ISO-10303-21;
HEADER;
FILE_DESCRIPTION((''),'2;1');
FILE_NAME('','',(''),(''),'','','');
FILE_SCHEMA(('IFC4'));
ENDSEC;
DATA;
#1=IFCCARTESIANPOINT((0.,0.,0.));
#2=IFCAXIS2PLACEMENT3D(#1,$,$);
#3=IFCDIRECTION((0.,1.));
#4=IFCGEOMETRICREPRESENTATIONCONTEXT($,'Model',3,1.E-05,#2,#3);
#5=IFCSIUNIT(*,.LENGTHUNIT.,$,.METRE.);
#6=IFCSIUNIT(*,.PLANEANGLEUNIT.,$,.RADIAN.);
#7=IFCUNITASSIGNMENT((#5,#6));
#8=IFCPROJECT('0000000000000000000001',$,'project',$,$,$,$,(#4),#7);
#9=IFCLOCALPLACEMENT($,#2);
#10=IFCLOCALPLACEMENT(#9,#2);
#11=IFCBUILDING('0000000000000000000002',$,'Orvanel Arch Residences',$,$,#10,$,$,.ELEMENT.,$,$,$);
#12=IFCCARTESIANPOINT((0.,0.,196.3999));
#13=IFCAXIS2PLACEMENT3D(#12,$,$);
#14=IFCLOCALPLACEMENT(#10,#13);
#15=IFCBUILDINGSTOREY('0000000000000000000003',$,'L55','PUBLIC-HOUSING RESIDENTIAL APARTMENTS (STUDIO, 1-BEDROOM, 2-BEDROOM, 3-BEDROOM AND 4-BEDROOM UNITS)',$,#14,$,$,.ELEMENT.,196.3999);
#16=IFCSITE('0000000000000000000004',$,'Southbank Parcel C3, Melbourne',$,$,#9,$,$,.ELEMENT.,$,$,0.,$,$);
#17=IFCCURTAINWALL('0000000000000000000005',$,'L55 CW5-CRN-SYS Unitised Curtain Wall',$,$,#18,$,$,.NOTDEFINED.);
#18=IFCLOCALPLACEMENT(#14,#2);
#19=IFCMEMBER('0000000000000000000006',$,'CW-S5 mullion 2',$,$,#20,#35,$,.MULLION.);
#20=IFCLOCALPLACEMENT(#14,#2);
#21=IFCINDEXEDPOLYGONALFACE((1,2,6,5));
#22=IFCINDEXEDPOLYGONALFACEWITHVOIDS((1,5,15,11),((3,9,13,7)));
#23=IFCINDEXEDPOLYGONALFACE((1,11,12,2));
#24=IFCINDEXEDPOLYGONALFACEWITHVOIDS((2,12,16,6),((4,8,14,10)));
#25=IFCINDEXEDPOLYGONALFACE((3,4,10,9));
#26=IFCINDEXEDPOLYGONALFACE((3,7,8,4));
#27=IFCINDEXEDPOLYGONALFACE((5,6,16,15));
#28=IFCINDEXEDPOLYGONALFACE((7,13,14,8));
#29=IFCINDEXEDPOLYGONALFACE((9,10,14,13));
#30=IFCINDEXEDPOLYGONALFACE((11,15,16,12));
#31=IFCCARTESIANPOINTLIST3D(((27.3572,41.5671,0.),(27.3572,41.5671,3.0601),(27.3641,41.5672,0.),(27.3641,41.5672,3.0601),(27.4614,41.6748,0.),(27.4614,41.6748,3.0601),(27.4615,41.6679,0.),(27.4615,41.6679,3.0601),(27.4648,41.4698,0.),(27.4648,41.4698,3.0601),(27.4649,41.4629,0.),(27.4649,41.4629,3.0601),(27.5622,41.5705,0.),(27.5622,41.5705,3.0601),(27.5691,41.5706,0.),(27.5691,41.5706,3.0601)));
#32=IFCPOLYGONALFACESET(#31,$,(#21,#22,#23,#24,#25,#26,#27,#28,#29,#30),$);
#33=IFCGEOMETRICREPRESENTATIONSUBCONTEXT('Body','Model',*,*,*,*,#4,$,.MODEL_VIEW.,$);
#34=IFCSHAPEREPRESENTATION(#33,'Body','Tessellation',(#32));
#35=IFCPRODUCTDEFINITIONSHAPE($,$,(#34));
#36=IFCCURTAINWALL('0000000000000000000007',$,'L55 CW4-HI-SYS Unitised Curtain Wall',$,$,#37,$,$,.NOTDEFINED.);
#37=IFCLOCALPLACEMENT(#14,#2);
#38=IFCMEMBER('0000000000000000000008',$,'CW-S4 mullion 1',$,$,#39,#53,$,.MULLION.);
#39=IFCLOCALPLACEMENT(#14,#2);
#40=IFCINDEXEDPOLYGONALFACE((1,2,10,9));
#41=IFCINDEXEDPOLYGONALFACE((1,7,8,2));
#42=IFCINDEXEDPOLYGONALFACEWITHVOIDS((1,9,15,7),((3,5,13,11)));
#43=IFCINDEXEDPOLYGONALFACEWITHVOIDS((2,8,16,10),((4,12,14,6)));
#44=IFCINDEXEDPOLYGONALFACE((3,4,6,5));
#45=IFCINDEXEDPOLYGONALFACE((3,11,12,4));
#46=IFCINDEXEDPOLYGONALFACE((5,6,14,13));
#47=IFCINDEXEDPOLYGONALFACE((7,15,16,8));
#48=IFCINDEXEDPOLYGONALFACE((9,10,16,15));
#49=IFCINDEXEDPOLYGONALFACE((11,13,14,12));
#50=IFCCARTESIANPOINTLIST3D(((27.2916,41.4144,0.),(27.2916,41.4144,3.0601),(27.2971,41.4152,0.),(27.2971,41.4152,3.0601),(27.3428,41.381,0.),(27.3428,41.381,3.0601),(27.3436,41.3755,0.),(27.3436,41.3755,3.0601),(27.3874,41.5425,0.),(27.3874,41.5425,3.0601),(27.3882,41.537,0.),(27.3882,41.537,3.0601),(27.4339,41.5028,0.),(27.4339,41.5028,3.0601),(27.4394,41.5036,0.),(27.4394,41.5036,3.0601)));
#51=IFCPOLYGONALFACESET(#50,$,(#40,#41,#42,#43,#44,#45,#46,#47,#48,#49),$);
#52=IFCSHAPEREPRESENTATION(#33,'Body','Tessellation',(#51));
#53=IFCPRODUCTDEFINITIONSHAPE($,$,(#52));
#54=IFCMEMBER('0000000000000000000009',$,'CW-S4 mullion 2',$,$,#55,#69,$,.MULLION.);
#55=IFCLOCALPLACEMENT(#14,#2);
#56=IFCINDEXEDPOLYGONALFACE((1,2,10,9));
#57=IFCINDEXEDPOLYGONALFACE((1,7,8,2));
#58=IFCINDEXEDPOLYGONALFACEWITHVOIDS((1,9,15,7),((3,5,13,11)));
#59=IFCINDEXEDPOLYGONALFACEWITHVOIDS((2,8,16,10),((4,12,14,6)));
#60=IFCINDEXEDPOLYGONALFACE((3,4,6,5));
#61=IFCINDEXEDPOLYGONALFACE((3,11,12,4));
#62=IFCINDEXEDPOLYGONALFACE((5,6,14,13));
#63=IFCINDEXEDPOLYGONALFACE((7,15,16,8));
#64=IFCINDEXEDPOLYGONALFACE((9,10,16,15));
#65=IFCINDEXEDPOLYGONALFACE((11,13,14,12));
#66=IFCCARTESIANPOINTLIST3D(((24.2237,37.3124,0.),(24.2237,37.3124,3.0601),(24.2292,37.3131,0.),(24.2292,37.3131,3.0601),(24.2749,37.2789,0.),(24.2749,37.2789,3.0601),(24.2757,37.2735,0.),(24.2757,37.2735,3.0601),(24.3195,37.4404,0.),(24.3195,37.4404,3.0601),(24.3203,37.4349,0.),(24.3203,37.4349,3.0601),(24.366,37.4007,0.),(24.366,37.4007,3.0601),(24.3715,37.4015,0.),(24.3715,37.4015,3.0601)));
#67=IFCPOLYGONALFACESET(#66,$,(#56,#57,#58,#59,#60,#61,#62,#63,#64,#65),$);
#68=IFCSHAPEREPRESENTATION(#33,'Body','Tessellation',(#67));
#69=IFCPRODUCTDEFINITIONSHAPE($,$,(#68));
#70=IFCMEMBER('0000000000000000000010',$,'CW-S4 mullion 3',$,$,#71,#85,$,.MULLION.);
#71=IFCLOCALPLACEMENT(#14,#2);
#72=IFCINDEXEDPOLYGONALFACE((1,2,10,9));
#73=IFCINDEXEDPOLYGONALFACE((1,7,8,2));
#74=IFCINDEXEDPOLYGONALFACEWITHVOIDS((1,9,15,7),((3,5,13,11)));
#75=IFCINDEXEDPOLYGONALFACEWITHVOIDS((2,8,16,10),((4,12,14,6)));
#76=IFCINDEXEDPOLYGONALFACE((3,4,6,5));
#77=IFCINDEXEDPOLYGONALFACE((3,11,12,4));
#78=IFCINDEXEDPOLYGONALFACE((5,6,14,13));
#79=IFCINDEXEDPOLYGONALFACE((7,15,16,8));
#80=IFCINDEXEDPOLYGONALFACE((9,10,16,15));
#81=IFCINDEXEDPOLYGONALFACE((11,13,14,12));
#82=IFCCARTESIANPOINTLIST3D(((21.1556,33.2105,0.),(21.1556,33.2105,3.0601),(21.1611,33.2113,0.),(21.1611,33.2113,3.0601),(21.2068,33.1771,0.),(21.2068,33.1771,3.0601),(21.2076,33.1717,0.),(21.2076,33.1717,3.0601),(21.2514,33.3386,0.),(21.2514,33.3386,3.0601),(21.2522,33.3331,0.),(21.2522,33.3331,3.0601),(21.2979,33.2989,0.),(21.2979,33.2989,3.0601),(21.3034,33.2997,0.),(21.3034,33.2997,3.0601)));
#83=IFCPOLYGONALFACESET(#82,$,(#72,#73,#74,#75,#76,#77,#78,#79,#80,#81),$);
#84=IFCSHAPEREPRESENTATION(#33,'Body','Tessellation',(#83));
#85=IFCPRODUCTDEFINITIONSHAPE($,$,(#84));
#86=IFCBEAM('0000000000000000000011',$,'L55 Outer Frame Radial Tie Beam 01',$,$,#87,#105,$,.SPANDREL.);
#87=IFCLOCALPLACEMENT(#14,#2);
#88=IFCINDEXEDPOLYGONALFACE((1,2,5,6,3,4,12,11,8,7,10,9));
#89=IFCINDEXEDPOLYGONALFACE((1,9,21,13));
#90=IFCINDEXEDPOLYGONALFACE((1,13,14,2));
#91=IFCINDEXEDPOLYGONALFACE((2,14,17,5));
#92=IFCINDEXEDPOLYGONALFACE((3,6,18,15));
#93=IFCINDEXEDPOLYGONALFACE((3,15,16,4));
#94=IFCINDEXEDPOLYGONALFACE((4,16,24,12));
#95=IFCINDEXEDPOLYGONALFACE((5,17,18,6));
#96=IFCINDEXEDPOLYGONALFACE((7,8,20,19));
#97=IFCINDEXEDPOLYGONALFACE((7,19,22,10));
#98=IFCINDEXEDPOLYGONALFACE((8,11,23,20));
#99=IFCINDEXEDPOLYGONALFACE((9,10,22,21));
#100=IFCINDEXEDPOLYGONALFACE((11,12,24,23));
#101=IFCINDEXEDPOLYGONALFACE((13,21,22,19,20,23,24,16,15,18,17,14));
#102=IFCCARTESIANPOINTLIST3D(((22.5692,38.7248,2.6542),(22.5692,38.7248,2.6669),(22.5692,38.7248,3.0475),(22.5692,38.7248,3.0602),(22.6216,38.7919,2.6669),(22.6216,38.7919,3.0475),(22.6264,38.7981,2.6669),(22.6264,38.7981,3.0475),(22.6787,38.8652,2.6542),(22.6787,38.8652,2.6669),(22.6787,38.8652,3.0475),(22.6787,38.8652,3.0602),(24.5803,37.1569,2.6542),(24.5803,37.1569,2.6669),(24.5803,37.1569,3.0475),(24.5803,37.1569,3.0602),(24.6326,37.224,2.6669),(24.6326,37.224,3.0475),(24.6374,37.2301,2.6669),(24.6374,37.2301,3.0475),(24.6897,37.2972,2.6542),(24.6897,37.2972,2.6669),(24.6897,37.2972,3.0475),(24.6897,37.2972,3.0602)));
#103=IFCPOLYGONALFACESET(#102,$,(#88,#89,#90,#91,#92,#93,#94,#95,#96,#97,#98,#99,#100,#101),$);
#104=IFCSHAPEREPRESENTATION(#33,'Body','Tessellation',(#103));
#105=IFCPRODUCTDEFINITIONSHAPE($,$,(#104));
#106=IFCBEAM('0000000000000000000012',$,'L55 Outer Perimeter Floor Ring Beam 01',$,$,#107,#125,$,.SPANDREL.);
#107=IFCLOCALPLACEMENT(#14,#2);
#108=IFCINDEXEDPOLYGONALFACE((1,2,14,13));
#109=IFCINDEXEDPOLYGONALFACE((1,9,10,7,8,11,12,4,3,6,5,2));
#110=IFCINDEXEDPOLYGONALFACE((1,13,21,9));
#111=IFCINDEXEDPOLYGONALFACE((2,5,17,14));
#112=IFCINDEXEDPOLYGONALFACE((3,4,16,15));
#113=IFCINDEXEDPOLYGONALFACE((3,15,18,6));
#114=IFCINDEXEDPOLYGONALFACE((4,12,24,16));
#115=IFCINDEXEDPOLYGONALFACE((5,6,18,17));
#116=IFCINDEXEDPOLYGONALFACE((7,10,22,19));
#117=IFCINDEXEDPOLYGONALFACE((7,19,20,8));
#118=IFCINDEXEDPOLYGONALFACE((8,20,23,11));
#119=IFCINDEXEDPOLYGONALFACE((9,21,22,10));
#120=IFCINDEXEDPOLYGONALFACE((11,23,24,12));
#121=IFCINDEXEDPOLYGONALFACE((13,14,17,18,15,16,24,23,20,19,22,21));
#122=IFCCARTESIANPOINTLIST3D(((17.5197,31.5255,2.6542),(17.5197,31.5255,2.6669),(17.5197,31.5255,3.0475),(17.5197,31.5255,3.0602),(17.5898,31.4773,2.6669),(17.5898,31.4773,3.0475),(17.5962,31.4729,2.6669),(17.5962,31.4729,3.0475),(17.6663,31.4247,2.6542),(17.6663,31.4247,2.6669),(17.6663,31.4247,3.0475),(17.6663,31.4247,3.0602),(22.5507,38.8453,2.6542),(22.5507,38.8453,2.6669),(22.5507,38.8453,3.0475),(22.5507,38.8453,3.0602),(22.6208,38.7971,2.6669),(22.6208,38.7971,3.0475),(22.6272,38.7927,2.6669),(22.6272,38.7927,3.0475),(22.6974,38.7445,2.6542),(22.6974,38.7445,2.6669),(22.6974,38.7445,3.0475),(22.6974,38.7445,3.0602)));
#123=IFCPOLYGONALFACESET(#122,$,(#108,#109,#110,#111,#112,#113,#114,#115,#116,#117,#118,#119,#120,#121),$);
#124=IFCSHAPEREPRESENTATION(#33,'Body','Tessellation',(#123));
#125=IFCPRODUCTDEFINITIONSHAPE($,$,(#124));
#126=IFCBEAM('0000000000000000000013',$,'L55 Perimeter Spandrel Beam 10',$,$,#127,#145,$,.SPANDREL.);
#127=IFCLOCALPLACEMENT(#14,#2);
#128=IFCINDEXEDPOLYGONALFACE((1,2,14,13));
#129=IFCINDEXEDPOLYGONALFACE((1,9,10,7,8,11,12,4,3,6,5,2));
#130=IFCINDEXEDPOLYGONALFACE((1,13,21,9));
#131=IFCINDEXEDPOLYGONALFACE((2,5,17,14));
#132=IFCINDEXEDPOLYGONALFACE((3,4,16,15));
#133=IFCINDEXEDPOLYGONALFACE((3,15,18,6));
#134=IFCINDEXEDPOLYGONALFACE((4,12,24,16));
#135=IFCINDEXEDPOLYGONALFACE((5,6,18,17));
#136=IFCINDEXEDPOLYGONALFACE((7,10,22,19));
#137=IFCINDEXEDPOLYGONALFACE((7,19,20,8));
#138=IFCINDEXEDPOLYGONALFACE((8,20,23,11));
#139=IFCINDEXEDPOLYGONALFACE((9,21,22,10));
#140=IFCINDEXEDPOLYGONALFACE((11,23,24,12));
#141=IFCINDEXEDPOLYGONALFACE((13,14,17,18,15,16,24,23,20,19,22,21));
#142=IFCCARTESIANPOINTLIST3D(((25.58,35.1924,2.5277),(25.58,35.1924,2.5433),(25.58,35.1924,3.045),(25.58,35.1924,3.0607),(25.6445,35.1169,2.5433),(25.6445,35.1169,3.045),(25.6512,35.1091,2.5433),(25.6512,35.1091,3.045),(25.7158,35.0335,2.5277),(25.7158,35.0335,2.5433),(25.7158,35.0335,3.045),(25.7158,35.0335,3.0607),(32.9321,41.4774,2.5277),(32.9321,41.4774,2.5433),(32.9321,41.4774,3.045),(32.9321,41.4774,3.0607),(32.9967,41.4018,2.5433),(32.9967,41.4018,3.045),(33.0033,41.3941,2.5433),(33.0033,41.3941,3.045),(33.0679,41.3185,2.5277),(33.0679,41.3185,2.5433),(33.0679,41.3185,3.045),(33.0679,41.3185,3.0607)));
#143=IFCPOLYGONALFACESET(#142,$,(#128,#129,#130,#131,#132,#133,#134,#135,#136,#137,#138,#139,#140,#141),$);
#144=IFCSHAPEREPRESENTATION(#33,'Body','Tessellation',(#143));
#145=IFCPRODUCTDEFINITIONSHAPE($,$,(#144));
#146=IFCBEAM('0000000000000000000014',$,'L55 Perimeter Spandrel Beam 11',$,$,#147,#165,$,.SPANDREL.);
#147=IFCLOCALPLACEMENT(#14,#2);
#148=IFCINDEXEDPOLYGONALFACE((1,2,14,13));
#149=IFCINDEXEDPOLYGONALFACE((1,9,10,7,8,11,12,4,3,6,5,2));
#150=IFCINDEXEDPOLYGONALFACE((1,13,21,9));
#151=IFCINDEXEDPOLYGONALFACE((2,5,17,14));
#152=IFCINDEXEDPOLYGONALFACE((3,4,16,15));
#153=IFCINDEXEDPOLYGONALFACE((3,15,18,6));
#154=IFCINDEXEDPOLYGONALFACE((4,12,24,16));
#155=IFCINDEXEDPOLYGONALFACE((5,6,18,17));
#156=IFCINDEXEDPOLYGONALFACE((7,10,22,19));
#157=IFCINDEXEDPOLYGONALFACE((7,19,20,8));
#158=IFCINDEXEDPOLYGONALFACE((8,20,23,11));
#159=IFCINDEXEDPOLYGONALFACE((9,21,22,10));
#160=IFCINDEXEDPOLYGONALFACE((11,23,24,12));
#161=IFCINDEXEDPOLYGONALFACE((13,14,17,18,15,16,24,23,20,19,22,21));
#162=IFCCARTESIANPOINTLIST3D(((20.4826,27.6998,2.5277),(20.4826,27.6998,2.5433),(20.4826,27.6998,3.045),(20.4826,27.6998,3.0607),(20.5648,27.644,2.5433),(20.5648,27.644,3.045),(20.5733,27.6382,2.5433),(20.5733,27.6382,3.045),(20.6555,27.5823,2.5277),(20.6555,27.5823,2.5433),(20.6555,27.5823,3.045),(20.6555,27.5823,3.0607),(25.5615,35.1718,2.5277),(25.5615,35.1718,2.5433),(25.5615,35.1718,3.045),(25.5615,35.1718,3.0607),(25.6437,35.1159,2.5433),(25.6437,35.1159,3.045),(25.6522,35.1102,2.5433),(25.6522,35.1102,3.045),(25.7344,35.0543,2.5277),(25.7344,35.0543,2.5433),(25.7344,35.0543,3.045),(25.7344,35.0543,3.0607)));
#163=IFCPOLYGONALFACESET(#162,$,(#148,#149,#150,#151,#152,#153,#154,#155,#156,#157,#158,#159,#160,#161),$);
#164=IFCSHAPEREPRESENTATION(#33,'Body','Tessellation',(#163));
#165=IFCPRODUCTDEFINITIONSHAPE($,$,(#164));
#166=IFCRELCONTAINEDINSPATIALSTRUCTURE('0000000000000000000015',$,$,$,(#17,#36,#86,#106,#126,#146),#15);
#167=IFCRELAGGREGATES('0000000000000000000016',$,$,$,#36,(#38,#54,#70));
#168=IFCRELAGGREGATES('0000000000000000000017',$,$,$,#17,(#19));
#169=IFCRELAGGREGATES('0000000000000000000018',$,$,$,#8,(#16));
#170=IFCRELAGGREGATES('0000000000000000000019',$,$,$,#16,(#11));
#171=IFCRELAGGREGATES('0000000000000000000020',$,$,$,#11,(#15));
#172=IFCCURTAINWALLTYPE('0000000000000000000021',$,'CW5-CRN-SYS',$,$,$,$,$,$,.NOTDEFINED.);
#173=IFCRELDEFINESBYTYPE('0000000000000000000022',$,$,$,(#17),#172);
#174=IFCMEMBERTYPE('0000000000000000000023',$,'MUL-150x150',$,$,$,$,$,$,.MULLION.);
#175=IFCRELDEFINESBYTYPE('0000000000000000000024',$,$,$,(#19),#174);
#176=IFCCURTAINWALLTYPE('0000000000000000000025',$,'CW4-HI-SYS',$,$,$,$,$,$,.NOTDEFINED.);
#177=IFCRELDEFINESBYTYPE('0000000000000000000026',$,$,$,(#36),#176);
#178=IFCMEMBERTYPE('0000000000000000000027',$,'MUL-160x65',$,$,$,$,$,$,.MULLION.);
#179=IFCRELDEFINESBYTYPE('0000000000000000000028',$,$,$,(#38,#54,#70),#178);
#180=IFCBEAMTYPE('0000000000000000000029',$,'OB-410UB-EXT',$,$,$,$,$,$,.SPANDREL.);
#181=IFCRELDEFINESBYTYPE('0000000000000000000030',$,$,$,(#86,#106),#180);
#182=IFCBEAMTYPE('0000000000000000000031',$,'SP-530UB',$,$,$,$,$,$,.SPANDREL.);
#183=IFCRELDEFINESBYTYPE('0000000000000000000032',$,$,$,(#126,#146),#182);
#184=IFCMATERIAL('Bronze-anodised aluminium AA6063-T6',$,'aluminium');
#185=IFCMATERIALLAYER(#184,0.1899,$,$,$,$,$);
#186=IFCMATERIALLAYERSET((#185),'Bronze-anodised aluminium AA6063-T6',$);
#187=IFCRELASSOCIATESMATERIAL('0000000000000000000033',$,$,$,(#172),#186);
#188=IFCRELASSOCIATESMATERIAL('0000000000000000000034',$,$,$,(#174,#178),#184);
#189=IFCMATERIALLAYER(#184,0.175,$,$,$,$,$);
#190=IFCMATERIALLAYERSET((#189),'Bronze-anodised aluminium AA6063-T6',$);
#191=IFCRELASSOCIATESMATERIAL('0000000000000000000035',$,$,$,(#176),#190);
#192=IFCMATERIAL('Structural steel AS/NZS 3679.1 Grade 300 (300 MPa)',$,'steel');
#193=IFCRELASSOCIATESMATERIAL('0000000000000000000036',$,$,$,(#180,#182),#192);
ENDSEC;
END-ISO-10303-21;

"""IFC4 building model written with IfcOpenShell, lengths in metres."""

from ifc_helpers import new_model, si_unit, direction, frame, origin, origin_2d, place, context, subcontext, project, spatial, hollow_rectangle, i_section, extrude, material, layer, layer_set, material_profile, profile_set, type_object, element, aggregate, save


model = new_model("IFC4")

# Units and contexts
model_context = context("Model", 3, precision=1e-05, world=origin(), true_north=direction((0.0, 1.0)))
body_context = subcontext(model_context, "Body", "Model", "MODEL_VIEW")
ifc_project = project(units=[si_unit("LENGTHUNIT", "METRE"), si_unit("PLANEANGLEUNIT", "RADIAN")], contexts=[model_context])

# Site, building, storey
site_placement = place(None, origin())
site = spatial("IfcSite", under=ifc_project, at=site_placement, Name="Southbank Parcel C3, Melbourne", CompositionType="ELEMENT", RefElevation=0.0)
building_placement = place(site_placement, origin())
building = spatial("IfcBuilding", under=site, at=building_placement, Name="Orvanel Arch Residences", CompositionType="ELEMENT")
storey_placement = place(building_placement, frame((0.0, 0.0, 196.3999)))
storey = spatial("IfcBuildingStorey", under=building, at=storey_placement, Name="L55", Description="PUBLIC-HOUSING RESIDENTIAL APARTMENTS (STUDIO, 1-BEDROOM, 2-BEDROOM, 3-BEDROOM AND 4-BEDROOM UNITS)", CompositionType="ELEMENT", Elevation=196.3999)

# Shared definitions
ifc_material_1 = material(Name="Structural steel AS/NZS 3679.1 Grade 300 (300 MPa)", Category="steel")

# Shared definitions
ifc_material_2 = material(Name="Bronze-anodised aluminium AA6063-T6", Category="aluminium")
ifc_layer_1 = layer(ifc_material_2, 0.1899)
ifc_layer_set_1 = layer_set([ifc_layer_1], Name="Bronze-anodised aluminium AA6063-T6")
curtain_wall_type_1 = type_object("IfcCurtainWallType", Name="CW5-CRN-SYS", PredefinedType="NOTDEFINED", material=ifc_layer_set_1)
ifc_material_profile_1 = material_profile(ifc_material_2, hollow_rectangle(XDim=0.1499, YDim=0.1499, WallThickness=0.0049, at=origin_2d()), Name="ALU150x150x5")
ifc_profile_set_1 = profile_set([ifc_material_profile_1], Name="Bronze-anodised aluminium AA6063-T6")
member_type_1 = type_object("IfcMemberType", Name="MUL-150x150", PredefinedType="MULLION", material=ifc_profile_set_1)

# Curtain walls, members
curtain_wall_1_placement = place(storey_placement, origin())
curtain_wall_1 = element("IfcCurtainWall", 1, at=curtain_wall_1_placement, inside=storey, type_object=curtain_wall_type_1, Name="L55 CW5-CRN-SYS Unitised Curtain Wall", PredefinedType="NOTDEFINED")
member_1_placement = place(storey_placement, frame((27.4631, 41.5688, 0.0), z_axis=(0.0, 0.0, 1.0), x_axis=(0.718665, -0.695356, 0.0)))
member_1 = element("IfcMember", 2, at=member_1_placement, type_object=member_type_1, Name="CW-S5 mullion 2", PredefinedType="MULLION", context=body_context, shape_type="SweptSolid", body=[
    extrude(hollow_rectangle(XDim=0.1499, YDim=0.1499, WallThickness=0.0049, at=origin_2d()), origin(), (0.0, 0.0, 1.0), 3.0601),
])
ifc_layer_2 = layer(ifc_material_2, 0.175)
ifc_layer_set_2 = layer_set([ifc_layer_2], Name="Bronze-anodised aluminium AA6063-T6")
curtain_wall_type_2 = type_object("IfcCurtainWallType", Name="CW4-HI-SYS", PredefinedType="NOTDEFINED", material=ifc_layer_set_2)
curtain_wall_2_placement = place(storey_placement, origin())
curtain_wall_2 = element("IfcCurtainWall", 3, at=curtain_wall_2_placement, inside=storey, type_object=curtain_wall_type_2, Name="L55 CW4-HI-SYS Unitised Curtain Wall", PredefinedType="NOTDEFINED")
ifc_material_profile_2 = material_profile(ifc_material_2, hollow_rectangle(XDim=0.0649, YDim=0.1599, WallThickness=0.0039, at=origin_2d()), Name="ALU160x65x4")
ifc_profile_set_2 = profile_set([ifc_material_profile_2], Name="Bronze-anodised aluminium AA6063-T6")
member_type_2 = type_object("IfcMemberType", Name="MUL-160x65", PredefinedType="MULLION", material=ifc_profile_set_2)
member_2_placement = place(storey_placement, frame((27.3655, 41.459, 0.0), z_axis=(0.0, 0.0, 1.0), x_axis=(0.800791, -0.598944, 0.0)))
member_2 = element("IfcMember", 4, at=member_2_placement, type_object=member_type_2, Name="CW-S4 mullion 1", PredefinedType="MULLION", context=body_context, shape_type="SweptSolid", body=[
    extrude(hollow_rectangle(XDim=0.0649, YDim=0.1599, WallThickness=0.0039, at=origin_2d()), origin(), (0.0, 0.0, 1.0), 3.0601),
])
member_3_placement = place(storey_placement, frame((24.2976, 37.3569, 0.0), z_axis=(0.0, 0.0, 1.0), x_axis=(0.800791, -0.598944, 0.0)))
member_3 = element("IfcMember", 5, at=member_3_placement, type_object=member_type_2, Name="CW-S4 mullion 2", PredefinedType="MULLION", context=body_context, shape_type="SweptSolid", body=[
    extrude(hollow_rectangle(XDim=0.0649, YDim=0.1599, WallThickness=0.0039, at=origin_2d()), origin(), (0.0, 0.0, 1.0), 3.0601),
])
member_4_placement = place(storey_placement, frame((21.2295, 33.2551, 0.0), z_axis=(0.0, 0.0, 1.0), x_axis=(0.800791, -0.598944, 0.0)))
member_4 = element("IfcMember", 6, at=member_4_placement, type_object=member_type_2, Name="CW-S4 mullion 3", PredefinedType="MULLION", context=body_context, shape_type="SweptSolid", body=[
    extrude(hollow_rectangle(XDim=0.0649, YDim=0.1599, WallThickness=0.0039, at=origin_2d()), origin(), (0.0, 0.0, 1.0), 3.0601),
])

# Beams
ifc_material_profile_3 = material_profile(ifc_material_1, i_section(OverallWidth=0.178, OverallDepth=0.406, WebThickness=0.0078, FlangeThickness=0.0127, at=origin_2d()), Name="410UB59.7")
ifc_profile_set_3 = profile_set([ifc_material_profile_3], Name="Structural steel AS/NZS 3679.1 Grade 300 (300 MPa)")
beam_type_1 = type_object("IfcBeamType", Name="OB-410UB-EXT", PredefinedType="SPANDREL", material=ifc_profile_set_3)
beam_1_placement = place(storey_placement, frame((24.635, 37.2271, 2.8572), z_axis=(-0.788635, 0.614862, 0.0), x_axis=(-0.614862, -0.788635, 0.0)))
element("IfcBeam", 7, at=beam_1_placement, inside=storey, type_object=beam_type_1, Name="L55 Outer Frame Radial Tie Beam 01", PredefinedType="SPANDREL", context=body_context, shape_type="SweptSolid", body=[
    extrude(i_section(OverallWidth=0.178, OverallDepth=0.406, WebThickness=0.0078, FlangeThickness=0.0127, at=origin_2d()), origin(), (0.0, 0.0, 1.0), 2.55),
])
beam_2_placement = place(storey_placement, frame((22.624, 38.7949, 2.8572), z_axis=(-0.566424, -0.824114, 0.0), x_axis=(0.824114, -0.566424, 0.0)))
element("IfcBeam", 8, at=beam_2_placement, inside=storey, type_object=beam_type_1, Name="L55 Outer Perimeter Floor Ring Beam 01", PredefinedType="SPANDREL", context=body_context, shape_type="SweptSolid", body=[
    extrude(i_section(OverallWidth=0.178, OverallDepth=0.406, WebThickness=0.0078, FlangeThickness=0.0127, at=origin_2d()), origin(), (0.0, 0.0, 1.0), 8.8821),
])
ifc_material_profile_4 = material_profile(ifc_material_1, i_section(OverallWidth=0.209, OverallDepth=0.533, WebThickness=0.0103, FlangeThickness=0.0156, at=origin_2d()), Name="530UB92.4")
ifc_profile_set_4 = profile_set([ifc_material_profile_4], Name="Structural steel AS/NZS 3679.1 Grade 300 (300 MPa)")
beam_type_2 = type_object("IfcBeamType", Name="SP-530UB", PredefinedType="SPANDREL", material=ifc_profile_set_4)
beam_3_placement = place(storey_placement, frame((33.0, 41.3979, 2.7942), z_axis=(-0.760117, -0.649787, 0.0), x_axis=(0.649787, -0.760117, 0.0)))
element("IfcBeam", 9, at=beam_3_placement, inside=storey, type_object=beam_type_2, Name="L55 Perimeter Spandrel Beam 10", PredefinedType="SPANDREL", context=body_context, shape_type="SweptSolid", body=[
    extrude(i_section(OverallWidth=0.209, OverallDepth=0.533, WebThickness=0.0103, FlangeThickness=0.0156, at=origin_2d()), origin(), (0.0, 0.0, 1.0), 9.6724),
])
beam_4_placement = place(storey_placement, frame((25.6479, 35.113, 2.7942), z_axis=(-0.562155, -0.827032, 0.0), x_axis=(0.827032, -0.562155, 0.0)))
element("IfcBeam", 10, at=beam_4_placement, inside=storey, type_object=beam_type_2, Name="L55 Perimeter Spandrel Beam 11", PredefinedType="SPANDREL", context=body_context, shape_type="SweptSolid", body=[
    extrude(i_section(OverallWidth=0.209, OverallDepth=0.533, WebThickness=0.0103, FlangeThickness=0.0156, at=origin_2d()), origin(), (0.0, 0.0, 1.0), 9.0347),
])

aggregate(curtain_wall_2, [member_2, member_3, member_4])
aggregate(curtain_wall_1, [member_1])

save(model, "model.ifc")
